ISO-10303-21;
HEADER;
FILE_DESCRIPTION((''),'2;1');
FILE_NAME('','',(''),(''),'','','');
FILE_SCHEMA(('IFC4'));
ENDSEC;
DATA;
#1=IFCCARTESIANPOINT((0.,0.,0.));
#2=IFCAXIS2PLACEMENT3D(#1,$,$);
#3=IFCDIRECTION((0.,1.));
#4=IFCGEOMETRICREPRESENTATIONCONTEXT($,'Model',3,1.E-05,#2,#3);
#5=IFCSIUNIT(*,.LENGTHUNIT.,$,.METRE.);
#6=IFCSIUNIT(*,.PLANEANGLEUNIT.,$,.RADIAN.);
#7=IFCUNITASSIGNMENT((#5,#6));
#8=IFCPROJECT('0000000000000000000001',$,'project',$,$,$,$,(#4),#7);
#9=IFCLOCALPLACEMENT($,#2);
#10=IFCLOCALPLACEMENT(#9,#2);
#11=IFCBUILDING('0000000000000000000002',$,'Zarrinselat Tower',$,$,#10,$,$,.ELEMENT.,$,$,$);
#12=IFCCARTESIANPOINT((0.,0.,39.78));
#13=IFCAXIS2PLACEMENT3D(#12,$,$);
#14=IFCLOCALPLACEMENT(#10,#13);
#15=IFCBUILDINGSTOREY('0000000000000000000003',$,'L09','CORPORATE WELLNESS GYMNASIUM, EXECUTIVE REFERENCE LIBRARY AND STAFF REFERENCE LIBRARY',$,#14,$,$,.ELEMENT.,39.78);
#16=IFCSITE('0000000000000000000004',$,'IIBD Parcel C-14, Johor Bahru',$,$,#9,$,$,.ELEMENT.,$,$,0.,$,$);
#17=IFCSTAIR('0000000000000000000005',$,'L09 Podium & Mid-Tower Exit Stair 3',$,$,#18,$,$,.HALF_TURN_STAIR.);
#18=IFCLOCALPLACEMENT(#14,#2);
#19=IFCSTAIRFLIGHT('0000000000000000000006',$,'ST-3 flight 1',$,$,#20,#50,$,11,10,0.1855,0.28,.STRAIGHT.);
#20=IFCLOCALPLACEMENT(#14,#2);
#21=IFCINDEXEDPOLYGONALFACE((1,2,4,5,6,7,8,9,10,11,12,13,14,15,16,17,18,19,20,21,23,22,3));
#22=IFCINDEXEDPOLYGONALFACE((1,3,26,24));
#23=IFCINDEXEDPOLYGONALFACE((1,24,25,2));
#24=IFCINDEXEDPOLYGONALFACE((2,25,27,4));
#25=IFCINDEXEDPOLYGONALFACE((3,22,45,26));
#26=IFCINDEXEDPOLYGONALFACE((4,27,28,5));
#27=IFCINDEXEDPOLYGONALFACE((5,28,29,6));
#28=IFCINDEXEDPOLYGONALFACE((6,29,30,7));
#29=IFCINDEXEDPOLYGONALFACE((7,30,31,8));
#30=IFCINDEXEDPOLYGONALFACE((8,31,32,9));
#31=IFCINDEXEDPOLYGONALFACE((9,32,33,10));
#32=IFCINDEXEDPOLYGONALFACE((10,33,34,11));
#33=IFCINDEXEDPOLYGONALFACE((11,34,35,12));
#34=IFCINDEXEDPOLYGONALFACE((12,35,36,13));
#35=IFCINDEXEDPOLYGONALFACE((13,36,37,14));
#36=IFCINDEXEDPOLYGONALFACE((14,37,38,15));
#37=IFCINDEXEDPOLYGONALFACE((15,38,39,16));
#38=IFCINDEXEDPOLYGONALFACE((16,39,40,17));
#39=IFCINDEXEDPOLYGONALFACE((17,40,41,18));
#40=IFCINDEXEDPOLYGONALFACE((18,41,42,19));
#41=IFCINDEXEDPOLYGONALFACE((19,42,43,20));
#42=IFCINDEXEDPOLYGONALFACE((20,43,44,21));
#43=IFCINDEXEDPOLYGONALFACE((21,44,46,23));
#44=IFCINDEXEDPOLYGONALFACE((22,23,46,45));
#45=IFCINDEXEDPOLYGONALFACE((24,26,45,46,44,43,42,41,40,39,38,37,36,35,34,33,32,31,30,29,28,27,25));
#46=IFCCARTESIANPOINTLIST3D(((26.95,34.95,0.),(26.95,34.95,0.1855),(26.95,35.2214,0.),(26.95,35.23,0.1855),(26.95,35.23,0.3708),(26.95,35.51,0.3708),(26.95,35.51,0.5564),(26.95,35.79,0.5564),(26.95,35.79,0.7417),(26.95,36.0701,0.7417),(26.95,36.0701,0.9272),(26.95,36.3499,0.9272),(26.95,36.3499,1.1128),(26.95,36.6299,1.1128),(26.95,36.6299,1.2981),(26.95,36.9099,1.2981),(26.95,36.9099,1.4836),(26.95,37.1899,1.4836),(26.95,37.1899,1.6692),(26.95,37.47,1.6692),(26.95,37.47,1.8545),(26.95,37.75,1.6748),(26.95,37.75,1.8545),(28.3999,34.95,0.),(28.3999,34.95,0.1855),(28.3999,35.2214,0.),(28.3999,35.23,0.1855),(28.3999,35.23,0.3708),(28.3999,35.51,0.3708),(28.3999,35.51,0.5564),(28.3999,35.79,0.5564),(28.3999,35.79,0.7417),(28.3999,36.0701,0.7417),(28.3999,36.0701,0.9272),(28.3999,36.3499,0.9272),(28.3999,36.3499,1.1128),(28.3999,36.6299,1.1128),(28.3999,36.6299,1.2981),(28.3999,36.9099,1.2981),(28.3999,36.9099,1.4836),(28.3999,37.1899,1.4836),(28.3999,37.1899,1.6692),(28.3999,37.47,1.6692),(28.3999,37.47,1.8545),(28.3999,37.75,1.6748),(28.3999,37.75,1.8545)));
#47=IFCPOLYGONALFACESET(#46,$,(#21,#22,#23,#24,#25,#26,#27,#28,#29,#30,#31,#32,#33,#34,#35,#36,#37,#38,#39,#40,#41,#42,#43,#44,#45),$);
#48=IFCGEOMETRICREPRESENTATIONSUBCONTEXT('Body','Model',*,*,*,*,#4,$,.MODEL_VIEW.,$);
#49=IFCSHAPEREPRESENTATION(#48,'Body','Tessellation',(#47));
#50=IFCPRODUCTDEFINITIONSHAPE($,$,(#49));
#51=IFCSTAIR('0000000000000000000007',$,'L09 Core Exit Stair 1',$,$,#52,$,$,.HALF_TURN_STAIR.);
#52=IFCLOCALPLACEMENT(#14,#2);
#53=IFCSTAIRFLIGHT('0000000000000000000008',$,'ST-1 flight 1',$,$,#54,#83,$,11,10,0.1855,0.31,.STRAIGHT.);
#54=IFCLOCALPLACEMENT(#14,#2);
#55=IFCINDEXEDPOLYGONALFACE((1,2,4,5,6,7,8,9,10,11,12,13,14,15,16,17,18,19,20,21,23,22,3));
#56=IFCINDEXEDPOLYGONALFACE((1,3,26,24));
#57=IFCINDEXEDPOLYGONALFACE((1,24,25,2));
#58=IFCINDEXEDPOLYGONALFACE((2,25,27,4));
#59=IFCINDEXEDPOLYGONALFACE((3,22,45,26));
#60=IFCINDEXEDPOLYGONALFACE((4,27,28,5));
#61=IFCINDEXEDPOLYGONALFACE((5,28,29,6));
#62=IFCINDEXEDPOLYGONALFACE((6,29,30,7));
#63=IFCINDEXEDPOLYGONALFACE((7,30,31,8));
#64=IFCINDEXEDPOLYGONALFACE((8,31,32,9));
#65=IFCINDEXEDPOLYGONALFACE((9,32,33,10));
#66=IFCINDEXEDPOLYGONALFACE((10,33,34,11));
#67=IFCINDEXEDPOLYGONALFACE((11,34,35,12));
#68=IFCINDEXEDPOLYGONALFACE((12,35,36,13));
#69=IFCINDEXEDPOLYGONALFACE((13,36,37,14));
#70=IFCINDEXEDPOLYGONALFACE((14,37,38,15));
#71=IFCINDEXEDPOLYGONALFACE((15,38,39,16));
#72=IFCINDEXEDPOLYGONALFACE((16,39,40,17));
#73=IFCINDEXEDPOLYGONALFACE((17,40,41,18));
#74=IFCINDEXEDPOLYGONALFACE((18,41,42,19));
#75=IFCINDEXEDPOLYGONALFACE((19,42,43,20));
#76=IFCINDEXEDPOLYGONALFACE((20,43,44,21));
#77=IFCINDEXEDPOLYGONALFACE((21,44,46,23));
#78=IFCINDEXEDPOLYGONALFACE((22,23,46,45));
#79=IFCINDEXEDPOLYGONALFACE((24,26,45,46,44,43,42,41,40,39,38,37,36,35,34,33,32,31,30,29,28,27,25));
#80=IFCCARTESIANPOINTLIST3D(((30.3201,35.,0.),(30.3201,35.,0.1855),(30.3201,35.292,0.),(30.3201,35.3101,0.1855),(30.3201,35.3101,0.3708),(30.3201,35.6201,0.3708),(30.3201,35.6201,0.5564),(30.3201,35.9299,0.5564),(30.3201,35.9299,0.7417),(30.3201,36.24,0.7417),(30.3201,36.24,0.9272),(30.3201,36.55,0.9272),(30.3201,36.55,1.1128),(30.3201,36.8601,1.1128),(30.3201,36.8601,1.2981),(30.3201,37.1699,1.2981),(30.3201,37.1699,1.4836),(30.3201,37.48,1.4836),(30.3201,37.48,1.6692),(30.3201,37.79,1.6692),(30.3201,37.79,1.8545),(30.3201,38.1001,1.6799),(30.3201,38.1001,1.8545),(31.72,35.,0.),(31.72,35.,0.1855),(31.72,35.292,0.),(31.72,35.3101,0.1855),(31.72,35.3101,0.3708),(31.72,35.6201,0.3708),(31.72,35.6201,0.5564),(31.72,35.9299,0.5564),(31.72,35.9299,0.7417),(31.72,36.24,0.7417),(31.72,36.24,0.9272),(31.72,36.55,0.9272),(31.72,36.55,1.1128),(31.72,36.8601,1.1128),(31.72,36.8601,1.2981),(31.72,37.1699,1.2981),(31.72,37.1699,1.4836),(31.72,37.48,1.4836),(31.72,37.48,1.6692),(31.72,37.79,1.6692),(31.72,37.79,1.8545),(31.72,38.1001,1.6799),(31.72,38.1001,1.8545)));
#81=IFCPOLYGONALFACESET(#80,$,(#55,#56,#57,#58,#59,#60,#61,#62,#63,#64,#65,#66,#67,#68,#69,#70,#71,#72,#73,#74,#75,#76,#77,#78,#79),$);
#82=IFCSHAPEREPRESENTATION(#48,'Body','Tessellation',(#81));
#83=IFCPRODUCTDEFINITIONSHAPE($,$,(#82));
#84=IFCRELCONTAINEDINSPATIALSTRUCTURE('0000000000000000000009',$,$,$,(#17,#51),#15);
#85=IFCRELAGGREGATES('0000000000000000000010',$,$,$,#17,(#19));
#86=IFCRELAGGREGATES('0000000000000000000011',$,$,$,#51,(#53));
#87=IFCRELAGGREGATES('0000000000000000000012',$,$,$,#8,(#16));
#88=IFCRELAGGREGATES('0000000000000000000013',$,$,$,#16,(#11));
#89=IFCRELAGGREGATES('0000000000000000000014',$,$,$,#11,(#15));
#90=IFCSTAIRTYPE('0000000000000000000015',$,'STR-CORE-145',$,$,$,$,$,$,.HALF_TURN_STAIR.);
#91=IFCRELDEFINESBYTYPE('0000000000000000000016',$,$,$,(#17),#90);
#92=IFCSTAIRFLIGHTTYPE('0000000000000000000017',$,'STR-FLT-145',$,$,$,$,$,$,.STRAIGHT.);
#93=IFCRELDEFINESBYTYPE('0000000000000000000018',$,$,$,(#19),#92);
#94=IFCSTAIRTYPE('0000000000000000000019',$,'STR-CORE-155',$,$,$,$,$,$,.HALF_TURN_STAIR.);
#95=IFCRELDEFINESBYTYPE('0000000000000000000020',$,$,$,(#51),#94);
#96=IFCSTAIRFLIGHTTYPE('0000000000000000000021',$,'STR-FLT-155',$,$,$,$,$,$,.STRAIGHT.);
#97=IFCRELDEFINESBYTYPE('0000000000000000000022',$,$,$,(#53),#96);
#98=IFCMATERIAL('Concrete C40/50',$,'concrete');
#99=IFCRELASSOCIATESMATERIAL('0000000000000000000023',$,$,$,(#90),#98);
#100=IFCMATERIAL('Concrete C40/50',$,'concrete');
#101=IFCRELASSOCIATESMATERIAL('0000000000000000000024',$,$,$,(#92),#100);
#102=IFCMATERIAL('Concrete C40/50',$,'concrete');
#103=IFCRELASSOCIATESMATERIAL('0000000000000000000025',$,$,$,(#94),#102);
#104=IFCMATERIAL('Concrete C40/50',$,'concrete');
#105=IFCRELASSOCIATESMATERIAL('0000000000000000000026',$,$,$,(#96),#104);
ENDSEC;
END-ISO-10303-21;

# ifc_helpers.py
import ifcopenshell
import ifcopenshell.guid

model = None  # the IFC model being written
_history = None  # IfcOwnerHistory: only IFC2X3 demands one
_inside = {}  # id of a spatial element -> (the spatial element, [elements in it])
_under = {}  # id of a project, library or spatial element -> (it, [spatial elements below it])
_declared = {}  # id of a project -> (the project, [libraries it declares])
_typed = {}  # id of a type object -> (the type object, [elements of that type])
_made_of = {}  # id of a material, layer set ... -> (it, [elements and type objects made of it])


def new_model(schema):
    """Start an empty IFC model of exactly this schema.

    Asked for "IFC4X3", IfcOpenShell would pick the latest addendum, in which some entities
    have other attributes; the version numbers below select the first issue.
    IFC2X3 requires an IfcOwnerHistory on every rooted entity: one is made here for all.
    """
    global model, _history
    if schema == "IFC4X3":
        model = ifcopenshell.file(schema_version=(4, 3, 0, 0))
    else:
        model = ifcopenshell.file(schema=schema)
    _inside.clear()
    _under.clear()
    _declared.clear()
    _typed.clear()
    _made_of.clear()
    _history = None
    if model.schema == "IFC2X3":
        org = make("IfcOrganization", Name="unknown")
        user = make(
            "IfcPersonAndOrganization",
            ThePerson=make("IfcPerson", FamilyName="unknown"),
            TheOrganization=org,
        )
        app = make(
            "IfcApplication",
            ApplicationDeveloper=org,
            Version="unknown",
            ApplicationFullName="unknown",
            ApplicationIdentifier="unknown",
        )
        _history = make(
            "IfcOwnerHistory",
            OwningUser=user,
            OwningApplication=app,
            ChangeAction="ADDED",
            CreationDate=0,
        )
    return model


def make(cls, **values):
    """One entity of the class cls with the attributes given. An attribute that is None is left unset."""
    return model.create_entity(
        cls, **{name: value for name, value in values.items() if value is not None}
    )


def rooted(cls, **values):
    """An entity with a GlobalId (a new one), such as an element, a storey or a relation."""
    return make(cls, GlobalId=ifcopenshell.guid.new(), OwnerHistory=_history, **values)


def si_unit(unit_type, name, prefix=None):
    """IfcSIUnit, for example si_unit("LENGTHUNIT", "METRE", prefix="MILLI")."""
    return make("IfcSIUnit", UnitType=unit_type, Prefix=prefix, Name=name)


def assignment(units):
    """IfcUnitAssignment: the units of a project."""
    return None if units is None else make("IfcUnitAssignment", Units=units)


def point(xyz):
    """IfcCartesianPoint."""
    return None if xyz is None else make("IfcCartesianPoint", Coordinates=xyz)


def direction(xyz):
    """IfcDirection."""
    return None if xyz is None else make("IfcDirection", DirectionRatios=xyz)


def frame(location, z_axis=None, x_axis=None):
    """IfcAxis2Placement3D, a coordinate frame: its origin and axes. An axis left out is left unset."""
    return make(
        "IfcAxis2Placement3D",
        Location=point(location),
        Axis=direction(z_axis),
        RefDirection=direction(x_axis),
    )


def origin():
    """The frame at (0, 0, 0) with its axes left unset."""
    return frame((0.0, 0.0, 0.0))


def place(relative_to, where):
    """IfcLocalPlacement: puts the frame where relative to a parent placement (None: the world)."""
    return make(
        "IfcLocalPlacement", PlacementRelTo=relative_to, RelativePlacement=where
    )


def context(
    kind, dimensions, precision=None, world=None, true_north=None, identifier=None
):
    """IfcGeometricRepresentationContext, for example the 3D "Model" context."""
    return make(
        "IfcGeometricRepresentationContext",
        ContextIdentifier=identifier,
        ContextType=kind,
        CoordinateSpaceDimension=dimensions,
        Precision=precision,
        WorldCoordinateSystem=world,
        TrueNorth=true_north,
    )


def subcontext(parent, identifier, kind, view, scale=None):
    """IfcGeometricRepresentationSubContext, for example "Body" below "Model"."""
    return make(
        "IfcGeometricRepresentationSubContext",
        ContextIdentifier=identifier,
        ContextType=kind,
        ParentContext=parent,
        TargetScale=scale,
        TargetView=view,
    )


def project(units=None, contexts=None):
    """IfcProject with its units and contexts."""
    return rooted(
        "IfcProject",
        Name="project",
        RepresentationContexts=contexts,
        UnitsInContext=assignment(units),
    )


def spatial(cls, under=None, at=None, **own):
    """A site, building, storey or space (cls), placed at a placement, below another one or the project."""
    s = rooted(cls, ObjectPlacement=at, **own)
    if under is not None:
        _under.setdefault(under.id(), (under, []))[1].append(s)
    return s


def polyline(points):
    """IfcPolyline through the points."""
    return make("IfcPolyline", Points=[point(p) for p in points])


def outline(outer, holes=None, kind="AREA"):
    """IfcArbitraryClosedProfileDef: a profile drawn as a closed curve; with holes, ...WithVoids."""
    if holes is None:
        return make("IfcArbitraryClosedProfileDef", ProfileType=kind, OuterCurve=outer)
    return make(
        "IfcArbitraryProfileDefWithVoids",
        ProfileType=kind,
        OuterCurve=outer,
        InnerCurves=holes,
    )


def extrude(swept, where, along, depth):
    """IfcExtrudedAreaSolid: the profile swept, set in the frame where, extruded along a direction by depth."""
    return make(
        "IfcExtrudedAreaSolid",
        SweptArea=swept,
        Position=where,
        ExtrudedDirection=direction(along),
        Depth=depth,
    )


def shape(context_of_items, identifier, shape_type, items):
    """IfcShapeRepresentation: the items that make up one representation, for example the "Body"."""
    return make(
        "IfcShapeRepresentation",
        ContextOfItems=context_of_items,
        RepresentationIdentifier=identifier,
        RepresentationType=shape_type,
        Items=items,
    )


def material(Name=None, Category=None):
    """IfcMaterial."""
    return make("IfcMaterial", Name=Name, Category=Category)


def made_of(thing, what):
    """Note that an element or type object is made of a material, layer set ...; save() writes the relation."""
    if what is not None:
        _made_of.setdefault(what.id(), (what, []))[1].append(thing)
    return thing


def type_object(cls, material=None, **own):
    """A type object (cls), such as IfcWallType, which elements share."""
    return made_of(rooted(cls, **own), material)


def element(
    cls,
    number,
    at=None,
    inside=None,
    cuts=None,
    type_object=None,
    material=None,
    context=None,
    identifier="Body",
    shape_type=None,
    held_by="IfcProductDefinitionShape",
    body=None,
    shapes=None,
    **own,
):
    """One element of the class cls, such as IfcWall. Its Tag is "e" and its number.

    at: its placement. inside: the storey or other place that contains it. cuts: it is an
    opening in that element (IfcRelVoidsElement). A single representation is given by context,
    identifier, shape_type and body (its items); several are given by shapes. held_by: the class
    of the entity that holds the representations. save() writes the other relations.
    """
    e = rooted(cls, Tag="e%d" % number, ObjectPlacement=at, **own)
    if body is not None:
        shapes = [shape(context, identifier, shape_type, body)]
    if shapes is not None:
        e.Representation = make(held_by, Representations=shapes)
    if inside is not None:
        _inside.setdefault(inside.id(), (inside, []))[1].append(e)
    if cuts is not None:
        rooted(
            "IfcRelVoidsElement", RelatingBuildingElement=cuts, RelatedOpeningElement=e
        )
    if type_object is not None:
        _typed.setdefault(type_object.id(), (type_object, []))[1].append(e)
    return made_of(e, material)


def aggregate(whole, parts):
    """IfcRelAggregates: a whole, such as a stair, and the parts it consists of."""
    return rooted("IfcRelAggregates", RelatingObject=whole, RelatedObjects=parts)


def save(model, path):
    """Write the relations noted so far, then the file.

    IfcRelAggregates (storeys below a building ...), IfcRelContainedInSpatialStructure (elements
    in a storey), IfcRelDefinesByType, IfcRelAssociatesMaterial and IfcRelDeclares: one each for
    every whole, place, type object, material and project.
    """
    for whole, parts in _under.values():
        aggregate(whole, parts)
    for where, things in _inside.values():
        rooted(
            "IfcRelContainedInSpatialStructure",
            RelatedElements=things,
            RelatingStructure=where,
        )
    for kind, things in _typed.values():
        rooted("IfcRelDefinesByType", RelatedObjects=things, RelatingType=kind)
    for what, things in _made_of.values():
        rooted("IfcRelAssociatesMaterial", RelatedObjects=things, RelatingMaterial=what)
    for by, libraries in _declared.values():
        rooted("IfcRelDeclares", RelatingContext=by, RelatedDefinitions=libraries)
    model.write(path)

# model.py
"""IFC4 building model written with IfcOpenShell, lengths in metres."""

from ifc_helpers import new_model, si_unit, direction, frame, origin, place, context, subcontext, project, spatial, polyline, outline, extrude, material, type_object, element, aggregate, save


model = new_model("IFC4")

# Units and contexts
model_context = context("Model", 3, precision=1e-05, world=origin(), true_north=direction((0.0, 1.0)))
body_context = subcontext(model_context, "Body", "Model", "MODEL_VIEW")
ifc_project = project(units=[si_unit("LENGTHUNIT", "METRE"), si_unit("PLANEANGLEUNIT", "RADIAN")], contexts=[model_context])

# Site, building, storey
site_placement = place(None, origin())
site = spatial("IfcSite", under=ifc_project, at=site_placement, Name="IIBD Parcel C-14, Johor Bahru", CompositionType="ELEMENT", RefElevation=0.0)
building_placement = place(site_placement, origin())
building = spatial("IfcBuilding", under=site, at=building_placement, Name="Zarrinselat Tower", CompositionType="ELEMENT")
storey_placement = place(building_placement, frame((0.0, 0.0, 39.78)))
storey = spatial("IfcBuildingStorey", under=building, at=storey_placement, Name="L09", Description="CORPORATE WELLNESS GYMNASIUM, EXECUTIVE REFERENCE LIBRARY AND STAFF REFERENCE LIBRARY", CompositionType="ELEMENT", Elevation=39.78)

# Stairs, stair flights
ifc_material_1 = material(Name="Concrete C40/50", Category="concrete")
stair_type_1 = type_object("IfcStairType", Name="STR-CORE-145", PredefinedType="HALF_TURN_STAIR", material=ifc_material_1)
stair_1_placement = place(storey_placement, origin())
stair_1 = element("IfcStair", 1, at=stair_1_placement, inside=storey, type_object=stair_type_1, Name="L09 Podium & Mid-Tower Exit Stair 3", PredefinedType="HALF_TURN_STAIR")
ifc_material_2 = material(Name="Concrete C40/50", Category="concrete")
stair_flight_type_1 = type_object("IfcStairFlightType", Name="STR-FLT-145", PredefinedType="STRAIGHT", material=ifc_material_2)
stair_flight_1_placement = place(storey_placement, frame((27.675, 34.95, 0.0), z_axis=(0.0, 0.0, 1.0), x_axis=(0.0, 1.0, 0.0)))
stair_flight_1 = element("IfcStairFlight", 2, at=stair_flight_1_placement, type_object=stair_flight_type_1, Name="ST-3 flight 1", NumberOfRisers=11, NumberOfTreads=10, PredefinedType="STRAIGHT", RiserHeight=0.1855, TreadLength=0.28, context=body_context, shape_type="SweptSolid", body=[
    extrude(outline(polyline([(0.0, 0.0), (0.0, 0.1855), (0.28, 0.1855), (0.28, 0.3708), (0.5601, 0.3708), (0.5601, 0.5564), (0.8401, 0.5564), (0.8401, 0.7417), (1.1201, 0.7417), (1.1201, 0.9272), (1.3999, 0.9272), (1.3999, 1.1128), (1.6799, 1.1128), (1.6799, 1.2981), (1.96, 1.2981), (1.96, 1.4836), (2.24, 1.4836), (2.24, 1.6692), (2.52, 1.6692), (2.52, 1.8545), (2.8, 1.8545), (2.8, 2.04), (2.8, 1.6748), (0.2715, 0.0), (0.0, 0.0)])), frame((0.0, 0.7251, 0.0), z_axis=(0.0, -1.0, 0.0), x_axis=(1.0, 0.0, 0.0)), (0.0, 0.0, 1.0), 1.45),
])
aggregate(stair_1, [stair_flight_1])
ifc_material_3 = material(Name="Concrete C40/50", Category="concrete")
stair_type_2 = type_object("IfcStairType", Name="STR-CORE-155", PredefinedType="HALF_TURN_STAIR", material=ifc_material_3)
stair_2_placement = place(storey_placement, origin())
stair_2 = element("IfcStair", 3, at=stair_2_placement, inside=storey, type_object=stair_type_2, Name="L09 Core Exit Stair 1", PredefinedType="HALF_TURN_STAIR")
ifc_material_4 = material(Name="Concrete C40/50", Category="concrete")
stair_flight_type_2 = type_object("IfcStairFlightType", Name="STR-FLT-155", PredefinedType="STRAIGHT", material=ifc_material_4)
stair_flight_2_placement = place(storey_placement, frame((31.02, 35.0, 0.0), z_axis=(0.0, 0.0, 1.0), x_axis=(0.0, 1.0, 0.0)))
stair_flight_2 = element("IfcStairFlight", 4, at=stair_flight_2_placement, type_object=stair_flight_type_2, Name="ST-1 flight 1", NumberOfRisers=11, NumberOfTreads=10, PredefinedType="STRAIGHT", RiserHeight=0.1855, TreadLength=0.31, context=body_context, shape_type="SweptSolid", body=[
    extrude(outline(polyline([(0.0, 0.0), (0.0, 0.1855), (0.3101, 0.1855), (0.3101, 0.3708), (0.6201, 0.3708), (0.6201, 0.5564), (0.9299, 0.5564), (0.9299, 0.7417), (1.24, 0.7417), (1.24, 0.9272), (1.55, 0.9272), (1.55, 1.1128), (1.8601, 1.1128), (1.8601, 1.2981), (2.1699, 1.2981), (2.1699, 1.4836), (2.48, 1.4836), (2.48, 1.6692), (2.79, 1.6692), (2.79, 1.8545), (3.1001, 1.8545), (3.1001, 2.04), (3.1001, 1.6799), (0.292, 0.0), (0.0, 0.0)])), frame((0.0, 0.7, 0.0), z_axis=(0.0, -1.0, 0.0), x_axis=(1.0, 0.0, 0.0)), (0.0, 0.0, 1.0), 1.3999),
])
aggregate(stair_2, [stair_flight_2])

save(model, "model.ifc")
